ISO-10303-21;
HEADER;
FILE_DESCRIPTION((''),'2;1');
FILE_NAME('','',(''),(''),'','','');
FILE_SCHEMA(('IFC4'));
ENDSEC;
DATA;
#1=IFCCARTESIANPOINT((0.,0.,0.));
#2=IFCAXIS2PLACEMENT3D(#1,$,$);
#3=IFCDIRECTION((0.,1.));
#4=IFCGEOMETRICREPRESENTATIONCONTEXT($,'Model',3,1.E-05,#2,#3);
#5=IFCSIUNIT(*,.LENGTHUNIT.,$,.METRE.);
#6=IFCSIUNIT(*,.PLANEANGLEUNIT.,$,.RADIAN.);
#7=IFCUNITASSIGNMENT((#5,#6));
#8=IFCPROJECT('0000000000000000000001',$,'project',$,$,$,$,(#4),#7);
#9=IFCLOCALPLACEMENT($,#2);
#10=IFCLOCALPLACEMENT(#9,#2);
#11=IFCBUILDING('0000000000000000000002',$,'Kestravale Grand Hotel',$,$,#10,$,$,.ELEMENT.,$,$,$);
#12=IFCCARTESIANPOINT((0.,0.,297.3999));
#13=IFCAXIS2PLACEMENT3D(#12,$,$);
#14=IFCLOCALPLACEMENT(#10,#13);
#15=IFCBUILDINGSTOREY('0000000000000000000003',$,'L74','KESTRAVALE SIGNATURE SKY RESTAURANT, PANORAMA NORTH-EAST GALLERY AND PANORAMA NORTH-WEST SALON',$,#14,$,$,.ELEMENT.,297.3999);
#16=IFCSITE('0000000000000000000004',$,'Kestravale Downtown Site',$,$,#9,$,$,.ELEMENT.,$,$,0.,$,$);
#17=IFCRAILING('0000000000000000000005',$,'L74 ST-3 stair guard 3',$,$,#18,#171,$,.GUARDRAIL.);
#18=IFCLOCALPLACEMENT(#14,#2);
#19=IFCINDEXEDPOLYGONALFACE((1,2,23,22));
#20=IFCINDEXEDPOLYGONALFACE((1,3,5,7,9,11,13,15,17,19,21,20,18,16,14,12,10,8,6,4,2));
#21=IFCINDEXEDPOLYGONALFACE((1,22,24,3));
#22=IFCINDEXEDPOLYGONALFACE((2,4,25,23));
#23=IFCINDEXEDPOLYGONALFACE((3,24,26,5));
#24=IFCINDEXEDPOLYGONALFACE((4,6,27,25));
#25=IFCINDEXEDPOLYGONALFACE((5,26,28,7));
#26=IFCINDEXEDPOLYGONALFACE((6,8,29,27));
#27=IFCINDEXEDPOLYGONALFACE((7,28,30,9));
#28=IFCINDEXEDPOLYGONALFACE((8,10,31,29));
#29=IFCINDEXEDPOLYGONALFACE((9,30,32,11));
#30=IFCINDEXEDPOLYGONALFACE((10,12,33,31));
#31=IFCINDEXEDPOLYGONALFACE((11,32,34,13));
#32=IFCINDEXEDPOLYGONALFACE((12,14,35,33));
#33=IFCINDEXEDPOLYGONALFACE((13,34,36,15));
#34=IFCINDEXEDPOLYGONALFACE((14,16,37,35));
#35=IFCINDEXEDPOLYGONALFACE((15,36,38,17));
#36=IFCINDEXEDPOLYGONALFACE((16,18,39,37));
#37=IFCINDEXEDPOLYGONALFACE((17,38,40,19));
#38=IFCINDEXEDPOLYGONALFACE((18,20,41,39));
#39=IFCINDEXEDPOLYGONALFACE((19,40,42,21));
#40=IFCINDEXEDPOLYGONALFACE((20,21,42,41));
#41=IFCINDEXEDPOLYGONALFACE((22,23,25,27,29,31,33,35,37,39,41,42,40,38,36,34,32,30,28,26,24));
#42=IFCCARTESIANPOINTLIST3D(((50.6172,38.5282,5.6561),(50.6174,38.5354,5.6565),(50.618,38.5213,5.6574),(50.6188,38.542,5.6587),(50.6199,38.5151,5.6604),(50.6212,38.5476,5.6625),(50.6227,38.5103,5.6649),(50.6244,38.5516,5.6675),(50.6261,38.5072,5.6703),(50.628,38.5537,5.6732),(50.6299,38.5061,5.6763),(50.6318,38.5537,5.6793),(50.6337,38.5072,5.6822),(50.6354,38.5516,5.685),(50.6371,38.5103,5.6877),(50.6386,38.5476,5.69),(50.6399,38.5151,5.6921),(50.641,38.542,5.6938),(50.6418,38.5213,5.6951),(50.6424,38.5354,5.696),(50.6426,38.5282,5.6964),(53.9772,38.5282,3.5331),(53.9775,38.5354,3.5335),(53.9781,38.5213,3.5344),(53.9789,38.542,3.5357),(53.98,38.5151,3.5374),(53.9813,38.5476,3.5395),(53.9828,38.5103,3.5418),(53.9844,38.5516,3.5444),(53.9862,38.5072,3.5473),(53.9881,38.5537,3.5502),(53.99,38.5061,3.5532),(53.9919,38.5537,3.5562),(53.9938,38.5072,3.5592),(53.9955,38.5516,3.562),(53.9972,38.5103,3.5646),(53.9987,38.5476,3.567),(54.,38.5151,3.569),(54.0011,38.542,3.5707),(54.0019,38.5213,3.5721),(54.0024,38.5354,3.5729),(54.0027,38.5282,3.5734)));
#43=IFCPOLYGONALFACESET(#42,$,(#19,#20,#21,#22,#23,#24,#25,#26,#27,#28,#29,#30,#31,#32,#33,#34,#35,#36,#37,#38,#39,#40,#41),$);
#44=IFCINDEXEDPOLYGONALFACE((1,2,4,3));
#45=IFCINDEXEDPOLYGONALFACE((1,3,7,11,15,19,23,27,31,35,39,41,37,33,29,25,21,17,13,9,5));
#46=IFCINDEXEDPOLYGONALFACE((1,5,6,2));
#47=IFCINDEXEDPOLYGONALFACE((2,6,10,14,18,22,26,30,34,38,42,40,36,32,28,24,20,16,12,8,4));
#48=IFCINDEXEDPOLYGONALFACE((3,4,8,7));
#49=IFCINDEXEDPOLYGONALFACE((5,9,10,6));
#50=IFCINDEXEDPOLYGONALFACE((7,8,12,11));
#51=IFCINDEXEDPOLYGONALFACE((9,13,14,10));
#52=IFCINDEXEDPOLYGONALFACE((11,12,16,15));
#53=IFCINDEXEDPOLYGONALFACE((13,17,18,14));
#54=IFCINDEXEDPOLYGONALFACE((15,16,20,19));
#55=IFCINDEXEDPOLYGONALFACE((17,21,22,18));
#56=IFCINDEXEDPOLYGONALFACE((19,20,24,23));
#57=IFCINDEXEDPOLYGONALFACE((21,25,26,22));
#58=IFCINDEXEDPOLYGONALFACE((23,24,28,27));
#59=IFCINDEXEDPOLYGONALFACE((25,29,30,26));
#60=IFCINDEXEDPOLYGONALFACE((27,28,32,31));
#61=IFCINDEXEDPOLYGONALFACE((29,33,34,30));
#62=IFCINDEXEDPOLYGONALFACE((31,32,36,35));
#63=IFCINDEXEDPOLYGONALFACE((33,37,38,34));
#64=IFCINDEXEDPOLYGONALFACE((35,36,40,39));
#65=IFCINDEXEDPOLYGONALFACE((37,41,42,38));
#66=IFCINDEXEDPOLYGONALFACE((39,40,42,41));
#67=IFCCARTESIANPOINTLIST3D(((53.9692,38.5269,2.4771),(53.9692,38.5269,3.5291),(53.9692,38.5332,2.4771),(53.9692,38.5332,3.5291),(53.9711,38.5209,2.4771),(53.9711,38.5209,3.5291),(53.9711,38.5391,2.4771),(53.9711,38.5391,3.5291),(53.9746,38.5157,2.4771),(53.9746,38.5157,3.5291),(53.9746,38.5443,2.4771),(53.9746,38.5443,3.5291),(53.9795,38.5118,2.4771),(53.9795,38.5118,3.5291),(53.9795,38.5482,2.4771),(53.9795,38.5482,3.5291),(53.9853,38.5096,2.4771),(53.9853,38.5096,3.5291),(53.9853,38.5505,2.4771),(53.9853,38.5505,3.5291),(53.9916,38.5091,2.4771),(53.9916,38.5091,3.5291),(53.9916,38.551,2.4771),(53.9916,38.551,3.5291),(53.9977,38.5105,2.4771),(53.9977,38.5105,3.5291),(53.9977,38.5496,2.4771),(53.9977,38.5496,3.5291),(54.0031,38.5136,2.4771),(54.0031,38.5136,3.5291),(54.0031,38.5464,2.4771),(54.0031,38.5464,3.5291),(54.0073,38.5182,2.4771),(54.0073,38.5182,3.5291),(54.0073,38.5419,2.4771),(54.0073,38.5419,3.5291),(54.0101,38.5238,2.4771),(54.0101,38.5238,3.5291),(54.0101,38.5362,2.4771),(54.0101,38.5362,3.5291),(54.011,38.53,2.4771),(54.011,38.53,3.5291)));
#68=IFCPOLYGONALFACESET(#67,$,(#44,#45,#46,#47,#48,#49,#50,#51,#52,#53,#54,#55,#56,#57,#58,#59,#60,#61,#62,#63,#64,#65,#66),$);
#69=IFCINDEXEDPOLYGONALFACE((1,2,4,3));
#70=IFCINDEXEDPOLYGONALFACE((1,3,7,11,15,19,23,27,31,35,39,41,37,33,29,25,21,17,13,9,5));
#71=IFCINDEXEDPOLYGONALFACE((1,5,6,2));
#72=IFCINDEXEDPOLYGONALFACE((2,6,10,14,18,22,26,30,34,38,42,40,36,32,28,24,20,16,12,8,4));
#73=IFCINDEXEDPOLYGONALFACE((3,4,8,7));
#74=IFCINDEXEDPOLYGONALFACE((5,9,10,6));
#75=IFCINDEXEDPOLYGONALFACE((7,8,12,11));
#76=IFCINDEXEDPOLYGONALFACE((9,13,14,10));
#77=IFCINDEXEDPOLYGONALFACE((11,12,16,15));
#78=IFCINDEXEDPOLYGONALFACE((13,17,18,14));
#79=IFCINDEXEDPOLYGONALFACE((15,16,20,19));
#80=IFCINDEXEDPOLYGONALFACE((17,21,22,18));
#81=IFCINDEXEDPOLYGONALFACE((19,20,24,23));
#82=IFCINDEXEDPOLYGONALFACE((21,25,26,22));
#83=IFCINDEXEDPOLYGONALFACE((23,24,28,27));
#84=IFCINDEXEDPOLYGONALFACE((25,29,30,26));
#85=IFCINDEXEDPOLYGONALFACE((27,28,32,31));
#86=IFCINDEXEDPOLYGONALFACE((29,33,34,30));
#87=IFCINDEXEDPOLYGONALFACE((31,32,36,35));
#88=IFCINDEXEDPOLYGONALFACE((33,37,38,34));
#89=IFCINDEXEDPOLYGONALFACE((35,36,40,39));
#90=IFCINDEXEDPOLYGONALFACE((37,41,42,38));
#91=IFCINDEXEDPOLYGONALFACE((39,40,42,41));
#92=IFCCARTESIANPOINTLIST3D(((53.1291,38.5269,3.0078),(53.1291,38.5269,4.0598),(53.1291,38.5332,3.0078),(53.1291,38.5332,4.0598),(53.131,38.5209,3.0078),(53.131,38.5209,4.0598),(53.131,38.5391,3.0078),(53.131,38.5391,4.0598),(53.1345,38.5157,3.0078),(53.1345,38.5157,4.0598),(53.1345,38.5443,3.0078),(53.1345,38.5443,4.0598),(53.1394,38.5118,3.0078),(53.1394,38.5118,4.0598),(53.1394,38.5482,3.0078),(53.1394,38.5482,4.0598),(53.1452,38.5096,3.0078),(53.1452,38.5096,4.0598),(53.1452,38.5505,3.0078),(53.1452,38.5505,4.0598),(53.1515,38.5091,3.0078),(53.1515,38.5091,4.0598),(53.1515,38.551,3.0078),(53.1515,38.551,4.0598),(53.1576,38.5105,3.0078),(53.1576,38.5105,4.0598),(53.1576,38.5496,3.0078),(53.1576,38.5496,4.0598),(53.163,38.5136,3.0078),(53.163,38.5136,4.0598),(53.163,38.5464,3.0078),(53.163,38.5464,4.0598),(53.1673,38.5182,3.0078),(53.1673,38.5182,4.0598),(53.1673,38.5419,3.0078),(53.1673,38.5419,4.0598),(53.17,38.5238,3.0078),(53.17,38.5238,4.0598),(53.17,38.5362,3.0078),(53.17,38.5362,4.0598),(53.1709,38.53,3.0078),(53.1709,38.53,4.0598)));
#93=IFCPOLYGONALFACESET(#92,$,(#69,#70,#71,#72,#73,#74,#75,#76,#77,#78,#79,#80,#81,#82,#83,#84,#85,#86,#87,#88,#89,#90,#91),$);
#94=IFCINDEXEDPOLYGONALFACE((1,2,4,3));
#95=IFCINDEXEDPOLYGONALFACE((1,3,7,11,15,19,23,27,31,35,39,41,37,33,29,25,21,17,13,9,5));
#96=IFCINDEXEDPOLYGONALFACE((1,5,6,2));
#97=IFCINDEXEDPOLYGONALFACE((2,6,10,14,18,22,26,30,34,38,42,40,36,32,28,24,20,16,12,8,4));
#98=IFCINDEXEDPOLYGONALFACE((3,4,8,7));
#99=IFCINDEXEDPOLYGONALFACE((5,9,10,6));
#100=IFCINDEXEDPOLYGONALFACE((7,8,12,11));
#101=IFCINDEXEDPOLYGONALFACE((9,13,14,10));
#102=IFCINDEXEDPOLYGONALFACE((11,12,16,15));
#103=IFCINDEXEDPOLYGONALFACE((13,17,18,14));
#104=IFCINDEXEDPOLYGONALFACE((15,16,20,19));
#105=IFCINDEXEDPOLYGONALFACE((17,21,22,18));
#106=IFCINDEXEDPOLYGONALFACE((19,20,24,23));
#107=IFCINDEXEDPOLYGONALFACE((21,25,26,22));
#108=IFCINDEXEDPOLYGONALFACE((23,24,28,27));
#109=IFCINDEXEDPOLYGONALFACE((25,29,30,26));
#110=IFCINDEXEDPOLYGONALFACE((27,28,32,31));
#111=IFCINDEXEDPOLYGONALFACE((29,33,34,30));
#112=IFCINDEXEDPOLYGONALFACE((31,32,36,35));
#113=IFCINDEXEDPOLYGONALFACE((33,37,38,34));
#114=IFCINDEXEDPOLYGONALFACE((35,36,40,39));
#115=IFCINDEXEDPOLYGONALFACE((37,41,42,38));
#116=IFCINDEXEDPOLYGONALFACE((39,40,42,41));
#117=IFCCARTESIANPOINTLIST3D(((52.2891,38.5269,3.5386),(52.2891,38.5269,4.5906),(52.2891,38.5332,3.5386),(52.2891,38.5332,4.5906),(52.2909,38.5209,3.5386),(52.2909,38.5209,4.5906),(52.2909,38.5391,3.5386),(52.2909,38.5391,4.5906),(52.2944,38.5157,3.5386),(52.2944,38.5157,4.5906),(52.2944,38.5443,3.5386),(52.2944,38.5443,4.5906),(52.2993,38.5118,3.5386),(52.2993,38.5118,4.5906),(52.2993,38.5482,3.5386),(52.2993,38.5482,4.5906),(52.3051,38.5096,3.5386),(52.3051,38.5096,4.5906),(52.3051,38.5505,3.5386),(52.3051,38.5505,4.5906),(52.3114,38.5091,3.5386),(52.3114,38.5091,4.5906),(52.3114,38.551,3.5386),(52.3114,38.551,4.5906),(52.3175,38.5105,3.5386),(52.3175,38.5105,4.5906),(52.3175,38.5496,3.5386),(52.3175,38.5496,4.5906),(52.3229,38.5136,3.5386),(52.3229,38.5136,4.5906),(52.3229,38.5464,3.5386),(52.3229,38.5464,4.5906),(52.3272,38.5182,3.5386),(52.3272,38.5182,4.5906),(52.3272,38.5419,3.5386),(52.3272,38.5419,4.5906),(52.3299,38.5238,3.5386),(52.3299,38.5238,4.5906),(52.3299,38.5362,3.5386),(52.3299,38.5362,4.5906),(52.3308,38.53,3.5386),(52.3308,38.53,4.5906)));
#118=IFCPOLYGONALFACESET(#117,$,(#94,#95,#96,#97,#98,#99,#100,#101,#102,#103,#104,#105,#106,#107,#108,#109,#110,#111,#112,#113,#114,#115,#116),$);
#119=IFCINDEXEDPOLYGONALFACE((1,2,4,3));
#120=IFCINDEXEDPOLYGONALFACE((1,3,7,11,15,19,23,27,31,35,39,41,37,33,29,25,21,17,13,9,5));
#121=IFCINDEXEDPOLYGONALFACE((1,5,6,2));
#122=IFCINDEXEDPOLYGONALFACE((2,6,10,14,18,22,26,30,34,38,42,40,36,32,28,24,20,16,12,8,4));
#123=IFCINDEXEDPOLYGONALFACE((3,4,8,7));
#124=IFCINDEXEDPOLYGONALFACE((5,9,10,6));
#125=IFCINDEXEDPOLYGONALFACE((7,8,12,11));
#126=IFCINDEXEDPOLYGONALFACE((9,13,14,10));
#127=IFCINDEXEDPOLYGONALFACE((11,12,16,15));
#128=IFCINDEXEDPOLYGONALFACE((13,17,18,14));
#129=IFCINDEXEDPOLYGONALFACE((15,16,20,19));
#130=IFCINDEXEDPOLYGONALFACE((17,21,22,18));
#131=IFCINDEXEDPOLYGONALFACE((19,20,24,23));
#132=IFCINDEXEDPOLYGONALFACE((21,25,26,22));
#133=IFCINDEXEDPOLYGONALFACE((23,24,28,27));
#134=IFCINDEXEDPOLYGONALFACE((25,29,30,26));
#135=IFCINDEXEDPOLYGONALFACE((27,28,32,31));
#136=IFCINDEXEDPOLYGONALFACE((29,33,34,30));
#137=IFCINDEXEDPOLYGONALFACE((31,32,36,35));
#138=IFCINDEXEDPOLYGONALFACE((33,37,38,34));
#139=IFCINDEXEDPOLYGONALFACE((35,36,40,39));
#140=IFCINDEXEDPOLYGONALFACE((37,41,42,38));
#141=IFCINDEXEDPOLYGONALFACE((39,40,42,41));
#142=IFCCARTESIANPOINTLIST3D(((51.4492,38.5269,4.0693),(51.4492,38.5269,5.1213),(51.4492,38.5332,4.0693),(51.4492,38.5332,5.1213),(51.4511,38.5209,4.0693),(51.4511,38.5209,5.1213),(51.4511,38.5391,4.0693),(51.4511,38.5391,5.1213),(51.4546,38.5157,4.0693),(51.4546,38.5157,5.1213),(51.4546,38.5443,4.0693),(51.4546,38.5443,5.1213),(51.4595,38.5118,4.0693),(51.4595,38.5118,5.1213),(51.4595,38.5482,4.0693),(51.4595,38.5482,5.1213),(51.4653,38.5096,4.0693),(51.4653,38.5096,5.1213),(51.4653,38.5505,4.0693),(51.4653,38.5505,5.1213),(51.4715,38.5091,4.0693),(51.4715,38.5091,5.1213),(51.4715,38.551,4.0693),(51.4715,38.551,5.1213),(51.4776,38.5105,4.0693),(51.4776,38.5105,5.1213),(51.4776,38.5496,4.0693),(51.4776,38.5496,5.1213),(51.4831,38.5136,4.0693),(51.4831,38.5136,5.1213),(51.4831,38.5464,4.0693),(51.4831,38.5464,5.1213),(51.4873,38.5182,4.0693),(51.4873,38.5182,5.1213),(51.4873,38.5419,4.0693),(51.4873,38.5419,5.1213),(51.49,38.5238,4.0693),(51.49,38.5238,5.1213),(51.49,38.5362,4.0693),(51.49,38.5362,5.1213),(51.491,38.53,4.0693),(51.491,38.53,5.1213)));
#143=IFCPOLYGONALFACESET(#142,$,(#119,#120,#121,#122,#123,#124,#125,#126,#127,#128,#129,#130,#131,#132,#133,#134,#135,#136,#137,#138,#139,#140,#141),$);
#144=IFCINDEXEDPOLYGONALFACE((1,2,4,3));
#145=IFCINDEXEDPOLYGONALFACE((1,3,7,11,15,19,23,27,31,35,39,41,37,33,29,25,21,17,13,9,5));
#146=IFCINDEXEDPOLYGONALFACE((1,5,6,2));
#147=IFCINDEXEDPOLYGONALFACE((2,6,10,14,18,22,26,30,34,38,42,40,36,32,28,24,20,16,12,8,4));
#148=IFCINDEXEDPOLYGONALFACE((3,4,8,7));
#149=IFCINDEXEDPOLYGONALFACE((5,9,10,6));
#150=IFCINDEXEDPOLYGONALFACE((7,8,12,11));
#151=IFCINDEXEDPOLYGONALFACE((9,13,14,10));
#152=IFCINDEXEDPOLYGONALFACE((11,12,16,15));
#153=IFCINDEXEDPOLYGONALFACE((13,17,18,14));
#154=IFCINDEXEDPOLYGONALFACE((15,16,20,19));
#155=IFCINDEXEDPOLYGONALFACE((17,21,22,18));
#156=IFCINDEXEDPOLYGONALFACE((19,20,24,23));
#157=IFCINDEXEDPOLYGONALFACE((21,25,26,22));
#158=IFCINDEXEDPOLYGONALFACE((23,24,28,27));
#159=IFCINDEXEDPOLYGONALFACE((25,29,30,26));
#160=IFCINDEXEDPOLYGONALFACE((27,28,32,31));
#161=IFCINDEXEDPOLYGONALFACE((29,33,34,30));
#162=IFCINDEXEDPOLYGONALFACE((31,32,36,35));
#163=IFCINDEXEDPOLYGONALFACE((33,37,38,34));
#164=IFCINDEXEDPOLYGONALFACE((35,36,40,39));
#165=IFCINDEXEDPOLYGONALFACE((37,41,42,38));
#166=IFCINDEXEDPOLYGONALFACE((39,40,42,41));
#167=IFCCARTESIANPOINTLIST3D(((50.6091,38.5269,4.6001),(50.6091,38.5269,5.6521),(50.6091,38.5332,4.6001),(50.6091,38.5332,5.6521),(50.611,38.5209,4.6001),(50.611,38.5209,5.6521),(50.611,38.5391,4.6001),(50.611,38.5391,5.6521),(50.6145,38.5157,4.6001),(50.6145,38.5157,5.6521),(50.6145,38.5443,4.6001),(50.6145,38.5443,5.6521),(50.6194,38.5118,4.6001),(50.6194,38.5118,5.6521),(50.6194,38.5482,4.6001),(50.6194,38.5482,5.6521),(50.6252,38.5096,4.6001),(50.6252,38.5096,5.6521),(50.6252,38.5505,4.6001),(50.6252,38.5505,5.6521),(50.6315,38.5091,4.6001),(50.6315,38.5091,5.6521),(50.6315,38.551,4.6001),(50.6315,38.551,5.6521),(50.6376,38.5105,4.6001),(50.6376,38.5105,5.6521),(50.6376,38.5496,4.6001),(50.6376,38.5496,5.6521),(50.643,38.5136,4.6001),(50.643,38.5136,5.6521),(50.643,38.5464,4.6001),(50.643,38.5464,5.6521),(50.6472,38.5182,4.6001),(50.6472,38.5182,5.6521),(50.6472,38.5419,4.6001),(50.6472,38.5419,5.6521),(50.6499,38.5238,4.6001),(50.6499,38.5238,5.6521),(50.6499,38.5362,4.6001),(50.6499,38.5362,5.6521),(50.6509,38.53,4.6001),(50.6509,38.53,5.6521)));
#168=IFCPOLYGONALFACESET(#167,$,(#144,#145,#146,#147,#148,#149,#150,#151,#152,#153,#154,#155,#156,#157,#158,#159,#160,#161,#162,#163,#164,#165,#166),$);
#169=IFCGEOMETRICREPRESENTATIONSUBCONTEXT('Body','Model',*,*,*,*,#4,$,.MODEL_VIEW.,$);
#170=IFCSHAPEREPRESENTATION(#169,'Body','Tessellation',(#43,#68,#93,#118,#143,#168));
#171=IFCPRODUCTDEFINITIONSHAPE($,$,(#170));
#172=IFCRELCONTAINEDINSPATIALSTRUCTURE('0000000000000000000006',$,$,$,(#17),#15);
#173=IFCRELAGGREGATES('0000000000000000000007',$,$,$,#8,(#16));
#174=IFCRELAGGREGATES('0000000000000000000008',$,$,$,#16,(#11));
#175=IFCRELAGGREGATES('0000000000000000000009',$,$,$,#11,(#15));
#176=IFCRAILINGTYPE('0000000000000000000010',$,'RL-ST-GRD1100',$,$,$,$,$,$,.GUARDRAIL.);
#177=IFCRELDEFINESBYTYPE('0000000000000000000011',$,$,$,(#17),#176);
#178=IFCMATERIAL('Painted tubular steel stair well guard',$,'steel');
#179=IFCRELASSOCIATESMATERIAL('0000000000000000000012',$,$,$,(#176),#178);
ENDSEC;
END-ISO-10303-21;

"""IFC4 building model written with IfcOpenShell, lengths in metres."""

from ifc_helpers import new_model, si_unit, direction, frame, origin, origin_2d, place, context, subcontext, project, spatial, circle, extrude, material, type_object, element, save


model = new_model("IFC4")

# Units and contexts
model_context = context("Model", 3, precision=1e-05, world=origin(), true_north=direction((0.0, 1.0)))
body_context = subcontext(model_context, "Body", "Model", "MODEL_VIEW")
ifc_project = project(units=[si_unit("LENGTHUNIT", "METRE"), si_unit("PLANEANGLEUNIT", "RADIAN")], contexts=[model_context])

# Site, building, storey
site_placement = place(None, origin())
site = spatial("IfcSite", under=ifc_project, at=site_placement, Name="Kestravale Downtown Site", CompositionType="ELEMENT", RefElevation=0.0)
building_placement = place(site_placement, origin())
building = spatial("IfcBuilding", under=site, at=building_placement, Name="Kestravale Grand Hotel", CompositionType="ELEMENT")
storey_placement = place(building_placement, frame((0.0, 0.0, 297.3999)))
storey = spatial("IfcBuildingStorey", under=building, at=storey_placement, Name="L74", Description="KESTRAVALE SIGNATURE SKY RESTAURANT, PANORAMA NORTH-EAST GALLERY AND PANORAMA NORTH-WEST SALON", CompositionType="ELEMENT", Elevation=297.3999)

# Railing
ifc_material_1 = material(Name="Painted tubular steel stair well guard", Category="steel")
railing_type_1 = type_object("IfcRailingType", Name="RL-ST-GRD1100", PredefinedType="GUARDRAIL", material=ifc_material_1)
railing_1_placement = place(storey_placement, frame((53.99, 38.53, 2.4771)))
element("IfcRailing", 1, at=railing_1_placement, inside=storey, type_object=railing_type_1, Name="L74 ST-3 stair guard 3", PredefinedType="GUARDRAIL", context=body_context, shape_type="SweptSolid", body=[
    extrude(circle(Radius=0.0239, at=origin_2d()), frame((0.0, 0.0, 1.0762), z_axis=(-0.84539, 0.0, 0.53415), x_axis=(0.0, -1.0, 0.0)), (0.0, 0.0, 1.0), 3.9746),
    extrude(circle(Radius=0.021, at=origin_2d()), origin(), (0.0, 0.0, 1.0), 1.052),
    extrude(circle(Radius=0.021, at=origin_2d()), frame((-0.8401, 0.0, 0.5308)), (0.0, 0.0, 1.0), 1.052),
    extrude(circle(Radius=0.021, at=origin_2d()), frame((-1.6802, 0.0, 1.0615)), (0.0, 0.0, 1.0), 1.052),
    extrude(circle(Radius=0.021, at=origin_2d()), frame((-2.52, 0.0, 1.5923)), (0.0, 0.0, 1.0), 1.052),
    extrude(circle(Radius=0.021, at=origin_2d()), frame((-3.3601, 0.0, 2.123)), (0.0, 0.0, 1.0), 1.052),
])

save(model, "model.ifc")
